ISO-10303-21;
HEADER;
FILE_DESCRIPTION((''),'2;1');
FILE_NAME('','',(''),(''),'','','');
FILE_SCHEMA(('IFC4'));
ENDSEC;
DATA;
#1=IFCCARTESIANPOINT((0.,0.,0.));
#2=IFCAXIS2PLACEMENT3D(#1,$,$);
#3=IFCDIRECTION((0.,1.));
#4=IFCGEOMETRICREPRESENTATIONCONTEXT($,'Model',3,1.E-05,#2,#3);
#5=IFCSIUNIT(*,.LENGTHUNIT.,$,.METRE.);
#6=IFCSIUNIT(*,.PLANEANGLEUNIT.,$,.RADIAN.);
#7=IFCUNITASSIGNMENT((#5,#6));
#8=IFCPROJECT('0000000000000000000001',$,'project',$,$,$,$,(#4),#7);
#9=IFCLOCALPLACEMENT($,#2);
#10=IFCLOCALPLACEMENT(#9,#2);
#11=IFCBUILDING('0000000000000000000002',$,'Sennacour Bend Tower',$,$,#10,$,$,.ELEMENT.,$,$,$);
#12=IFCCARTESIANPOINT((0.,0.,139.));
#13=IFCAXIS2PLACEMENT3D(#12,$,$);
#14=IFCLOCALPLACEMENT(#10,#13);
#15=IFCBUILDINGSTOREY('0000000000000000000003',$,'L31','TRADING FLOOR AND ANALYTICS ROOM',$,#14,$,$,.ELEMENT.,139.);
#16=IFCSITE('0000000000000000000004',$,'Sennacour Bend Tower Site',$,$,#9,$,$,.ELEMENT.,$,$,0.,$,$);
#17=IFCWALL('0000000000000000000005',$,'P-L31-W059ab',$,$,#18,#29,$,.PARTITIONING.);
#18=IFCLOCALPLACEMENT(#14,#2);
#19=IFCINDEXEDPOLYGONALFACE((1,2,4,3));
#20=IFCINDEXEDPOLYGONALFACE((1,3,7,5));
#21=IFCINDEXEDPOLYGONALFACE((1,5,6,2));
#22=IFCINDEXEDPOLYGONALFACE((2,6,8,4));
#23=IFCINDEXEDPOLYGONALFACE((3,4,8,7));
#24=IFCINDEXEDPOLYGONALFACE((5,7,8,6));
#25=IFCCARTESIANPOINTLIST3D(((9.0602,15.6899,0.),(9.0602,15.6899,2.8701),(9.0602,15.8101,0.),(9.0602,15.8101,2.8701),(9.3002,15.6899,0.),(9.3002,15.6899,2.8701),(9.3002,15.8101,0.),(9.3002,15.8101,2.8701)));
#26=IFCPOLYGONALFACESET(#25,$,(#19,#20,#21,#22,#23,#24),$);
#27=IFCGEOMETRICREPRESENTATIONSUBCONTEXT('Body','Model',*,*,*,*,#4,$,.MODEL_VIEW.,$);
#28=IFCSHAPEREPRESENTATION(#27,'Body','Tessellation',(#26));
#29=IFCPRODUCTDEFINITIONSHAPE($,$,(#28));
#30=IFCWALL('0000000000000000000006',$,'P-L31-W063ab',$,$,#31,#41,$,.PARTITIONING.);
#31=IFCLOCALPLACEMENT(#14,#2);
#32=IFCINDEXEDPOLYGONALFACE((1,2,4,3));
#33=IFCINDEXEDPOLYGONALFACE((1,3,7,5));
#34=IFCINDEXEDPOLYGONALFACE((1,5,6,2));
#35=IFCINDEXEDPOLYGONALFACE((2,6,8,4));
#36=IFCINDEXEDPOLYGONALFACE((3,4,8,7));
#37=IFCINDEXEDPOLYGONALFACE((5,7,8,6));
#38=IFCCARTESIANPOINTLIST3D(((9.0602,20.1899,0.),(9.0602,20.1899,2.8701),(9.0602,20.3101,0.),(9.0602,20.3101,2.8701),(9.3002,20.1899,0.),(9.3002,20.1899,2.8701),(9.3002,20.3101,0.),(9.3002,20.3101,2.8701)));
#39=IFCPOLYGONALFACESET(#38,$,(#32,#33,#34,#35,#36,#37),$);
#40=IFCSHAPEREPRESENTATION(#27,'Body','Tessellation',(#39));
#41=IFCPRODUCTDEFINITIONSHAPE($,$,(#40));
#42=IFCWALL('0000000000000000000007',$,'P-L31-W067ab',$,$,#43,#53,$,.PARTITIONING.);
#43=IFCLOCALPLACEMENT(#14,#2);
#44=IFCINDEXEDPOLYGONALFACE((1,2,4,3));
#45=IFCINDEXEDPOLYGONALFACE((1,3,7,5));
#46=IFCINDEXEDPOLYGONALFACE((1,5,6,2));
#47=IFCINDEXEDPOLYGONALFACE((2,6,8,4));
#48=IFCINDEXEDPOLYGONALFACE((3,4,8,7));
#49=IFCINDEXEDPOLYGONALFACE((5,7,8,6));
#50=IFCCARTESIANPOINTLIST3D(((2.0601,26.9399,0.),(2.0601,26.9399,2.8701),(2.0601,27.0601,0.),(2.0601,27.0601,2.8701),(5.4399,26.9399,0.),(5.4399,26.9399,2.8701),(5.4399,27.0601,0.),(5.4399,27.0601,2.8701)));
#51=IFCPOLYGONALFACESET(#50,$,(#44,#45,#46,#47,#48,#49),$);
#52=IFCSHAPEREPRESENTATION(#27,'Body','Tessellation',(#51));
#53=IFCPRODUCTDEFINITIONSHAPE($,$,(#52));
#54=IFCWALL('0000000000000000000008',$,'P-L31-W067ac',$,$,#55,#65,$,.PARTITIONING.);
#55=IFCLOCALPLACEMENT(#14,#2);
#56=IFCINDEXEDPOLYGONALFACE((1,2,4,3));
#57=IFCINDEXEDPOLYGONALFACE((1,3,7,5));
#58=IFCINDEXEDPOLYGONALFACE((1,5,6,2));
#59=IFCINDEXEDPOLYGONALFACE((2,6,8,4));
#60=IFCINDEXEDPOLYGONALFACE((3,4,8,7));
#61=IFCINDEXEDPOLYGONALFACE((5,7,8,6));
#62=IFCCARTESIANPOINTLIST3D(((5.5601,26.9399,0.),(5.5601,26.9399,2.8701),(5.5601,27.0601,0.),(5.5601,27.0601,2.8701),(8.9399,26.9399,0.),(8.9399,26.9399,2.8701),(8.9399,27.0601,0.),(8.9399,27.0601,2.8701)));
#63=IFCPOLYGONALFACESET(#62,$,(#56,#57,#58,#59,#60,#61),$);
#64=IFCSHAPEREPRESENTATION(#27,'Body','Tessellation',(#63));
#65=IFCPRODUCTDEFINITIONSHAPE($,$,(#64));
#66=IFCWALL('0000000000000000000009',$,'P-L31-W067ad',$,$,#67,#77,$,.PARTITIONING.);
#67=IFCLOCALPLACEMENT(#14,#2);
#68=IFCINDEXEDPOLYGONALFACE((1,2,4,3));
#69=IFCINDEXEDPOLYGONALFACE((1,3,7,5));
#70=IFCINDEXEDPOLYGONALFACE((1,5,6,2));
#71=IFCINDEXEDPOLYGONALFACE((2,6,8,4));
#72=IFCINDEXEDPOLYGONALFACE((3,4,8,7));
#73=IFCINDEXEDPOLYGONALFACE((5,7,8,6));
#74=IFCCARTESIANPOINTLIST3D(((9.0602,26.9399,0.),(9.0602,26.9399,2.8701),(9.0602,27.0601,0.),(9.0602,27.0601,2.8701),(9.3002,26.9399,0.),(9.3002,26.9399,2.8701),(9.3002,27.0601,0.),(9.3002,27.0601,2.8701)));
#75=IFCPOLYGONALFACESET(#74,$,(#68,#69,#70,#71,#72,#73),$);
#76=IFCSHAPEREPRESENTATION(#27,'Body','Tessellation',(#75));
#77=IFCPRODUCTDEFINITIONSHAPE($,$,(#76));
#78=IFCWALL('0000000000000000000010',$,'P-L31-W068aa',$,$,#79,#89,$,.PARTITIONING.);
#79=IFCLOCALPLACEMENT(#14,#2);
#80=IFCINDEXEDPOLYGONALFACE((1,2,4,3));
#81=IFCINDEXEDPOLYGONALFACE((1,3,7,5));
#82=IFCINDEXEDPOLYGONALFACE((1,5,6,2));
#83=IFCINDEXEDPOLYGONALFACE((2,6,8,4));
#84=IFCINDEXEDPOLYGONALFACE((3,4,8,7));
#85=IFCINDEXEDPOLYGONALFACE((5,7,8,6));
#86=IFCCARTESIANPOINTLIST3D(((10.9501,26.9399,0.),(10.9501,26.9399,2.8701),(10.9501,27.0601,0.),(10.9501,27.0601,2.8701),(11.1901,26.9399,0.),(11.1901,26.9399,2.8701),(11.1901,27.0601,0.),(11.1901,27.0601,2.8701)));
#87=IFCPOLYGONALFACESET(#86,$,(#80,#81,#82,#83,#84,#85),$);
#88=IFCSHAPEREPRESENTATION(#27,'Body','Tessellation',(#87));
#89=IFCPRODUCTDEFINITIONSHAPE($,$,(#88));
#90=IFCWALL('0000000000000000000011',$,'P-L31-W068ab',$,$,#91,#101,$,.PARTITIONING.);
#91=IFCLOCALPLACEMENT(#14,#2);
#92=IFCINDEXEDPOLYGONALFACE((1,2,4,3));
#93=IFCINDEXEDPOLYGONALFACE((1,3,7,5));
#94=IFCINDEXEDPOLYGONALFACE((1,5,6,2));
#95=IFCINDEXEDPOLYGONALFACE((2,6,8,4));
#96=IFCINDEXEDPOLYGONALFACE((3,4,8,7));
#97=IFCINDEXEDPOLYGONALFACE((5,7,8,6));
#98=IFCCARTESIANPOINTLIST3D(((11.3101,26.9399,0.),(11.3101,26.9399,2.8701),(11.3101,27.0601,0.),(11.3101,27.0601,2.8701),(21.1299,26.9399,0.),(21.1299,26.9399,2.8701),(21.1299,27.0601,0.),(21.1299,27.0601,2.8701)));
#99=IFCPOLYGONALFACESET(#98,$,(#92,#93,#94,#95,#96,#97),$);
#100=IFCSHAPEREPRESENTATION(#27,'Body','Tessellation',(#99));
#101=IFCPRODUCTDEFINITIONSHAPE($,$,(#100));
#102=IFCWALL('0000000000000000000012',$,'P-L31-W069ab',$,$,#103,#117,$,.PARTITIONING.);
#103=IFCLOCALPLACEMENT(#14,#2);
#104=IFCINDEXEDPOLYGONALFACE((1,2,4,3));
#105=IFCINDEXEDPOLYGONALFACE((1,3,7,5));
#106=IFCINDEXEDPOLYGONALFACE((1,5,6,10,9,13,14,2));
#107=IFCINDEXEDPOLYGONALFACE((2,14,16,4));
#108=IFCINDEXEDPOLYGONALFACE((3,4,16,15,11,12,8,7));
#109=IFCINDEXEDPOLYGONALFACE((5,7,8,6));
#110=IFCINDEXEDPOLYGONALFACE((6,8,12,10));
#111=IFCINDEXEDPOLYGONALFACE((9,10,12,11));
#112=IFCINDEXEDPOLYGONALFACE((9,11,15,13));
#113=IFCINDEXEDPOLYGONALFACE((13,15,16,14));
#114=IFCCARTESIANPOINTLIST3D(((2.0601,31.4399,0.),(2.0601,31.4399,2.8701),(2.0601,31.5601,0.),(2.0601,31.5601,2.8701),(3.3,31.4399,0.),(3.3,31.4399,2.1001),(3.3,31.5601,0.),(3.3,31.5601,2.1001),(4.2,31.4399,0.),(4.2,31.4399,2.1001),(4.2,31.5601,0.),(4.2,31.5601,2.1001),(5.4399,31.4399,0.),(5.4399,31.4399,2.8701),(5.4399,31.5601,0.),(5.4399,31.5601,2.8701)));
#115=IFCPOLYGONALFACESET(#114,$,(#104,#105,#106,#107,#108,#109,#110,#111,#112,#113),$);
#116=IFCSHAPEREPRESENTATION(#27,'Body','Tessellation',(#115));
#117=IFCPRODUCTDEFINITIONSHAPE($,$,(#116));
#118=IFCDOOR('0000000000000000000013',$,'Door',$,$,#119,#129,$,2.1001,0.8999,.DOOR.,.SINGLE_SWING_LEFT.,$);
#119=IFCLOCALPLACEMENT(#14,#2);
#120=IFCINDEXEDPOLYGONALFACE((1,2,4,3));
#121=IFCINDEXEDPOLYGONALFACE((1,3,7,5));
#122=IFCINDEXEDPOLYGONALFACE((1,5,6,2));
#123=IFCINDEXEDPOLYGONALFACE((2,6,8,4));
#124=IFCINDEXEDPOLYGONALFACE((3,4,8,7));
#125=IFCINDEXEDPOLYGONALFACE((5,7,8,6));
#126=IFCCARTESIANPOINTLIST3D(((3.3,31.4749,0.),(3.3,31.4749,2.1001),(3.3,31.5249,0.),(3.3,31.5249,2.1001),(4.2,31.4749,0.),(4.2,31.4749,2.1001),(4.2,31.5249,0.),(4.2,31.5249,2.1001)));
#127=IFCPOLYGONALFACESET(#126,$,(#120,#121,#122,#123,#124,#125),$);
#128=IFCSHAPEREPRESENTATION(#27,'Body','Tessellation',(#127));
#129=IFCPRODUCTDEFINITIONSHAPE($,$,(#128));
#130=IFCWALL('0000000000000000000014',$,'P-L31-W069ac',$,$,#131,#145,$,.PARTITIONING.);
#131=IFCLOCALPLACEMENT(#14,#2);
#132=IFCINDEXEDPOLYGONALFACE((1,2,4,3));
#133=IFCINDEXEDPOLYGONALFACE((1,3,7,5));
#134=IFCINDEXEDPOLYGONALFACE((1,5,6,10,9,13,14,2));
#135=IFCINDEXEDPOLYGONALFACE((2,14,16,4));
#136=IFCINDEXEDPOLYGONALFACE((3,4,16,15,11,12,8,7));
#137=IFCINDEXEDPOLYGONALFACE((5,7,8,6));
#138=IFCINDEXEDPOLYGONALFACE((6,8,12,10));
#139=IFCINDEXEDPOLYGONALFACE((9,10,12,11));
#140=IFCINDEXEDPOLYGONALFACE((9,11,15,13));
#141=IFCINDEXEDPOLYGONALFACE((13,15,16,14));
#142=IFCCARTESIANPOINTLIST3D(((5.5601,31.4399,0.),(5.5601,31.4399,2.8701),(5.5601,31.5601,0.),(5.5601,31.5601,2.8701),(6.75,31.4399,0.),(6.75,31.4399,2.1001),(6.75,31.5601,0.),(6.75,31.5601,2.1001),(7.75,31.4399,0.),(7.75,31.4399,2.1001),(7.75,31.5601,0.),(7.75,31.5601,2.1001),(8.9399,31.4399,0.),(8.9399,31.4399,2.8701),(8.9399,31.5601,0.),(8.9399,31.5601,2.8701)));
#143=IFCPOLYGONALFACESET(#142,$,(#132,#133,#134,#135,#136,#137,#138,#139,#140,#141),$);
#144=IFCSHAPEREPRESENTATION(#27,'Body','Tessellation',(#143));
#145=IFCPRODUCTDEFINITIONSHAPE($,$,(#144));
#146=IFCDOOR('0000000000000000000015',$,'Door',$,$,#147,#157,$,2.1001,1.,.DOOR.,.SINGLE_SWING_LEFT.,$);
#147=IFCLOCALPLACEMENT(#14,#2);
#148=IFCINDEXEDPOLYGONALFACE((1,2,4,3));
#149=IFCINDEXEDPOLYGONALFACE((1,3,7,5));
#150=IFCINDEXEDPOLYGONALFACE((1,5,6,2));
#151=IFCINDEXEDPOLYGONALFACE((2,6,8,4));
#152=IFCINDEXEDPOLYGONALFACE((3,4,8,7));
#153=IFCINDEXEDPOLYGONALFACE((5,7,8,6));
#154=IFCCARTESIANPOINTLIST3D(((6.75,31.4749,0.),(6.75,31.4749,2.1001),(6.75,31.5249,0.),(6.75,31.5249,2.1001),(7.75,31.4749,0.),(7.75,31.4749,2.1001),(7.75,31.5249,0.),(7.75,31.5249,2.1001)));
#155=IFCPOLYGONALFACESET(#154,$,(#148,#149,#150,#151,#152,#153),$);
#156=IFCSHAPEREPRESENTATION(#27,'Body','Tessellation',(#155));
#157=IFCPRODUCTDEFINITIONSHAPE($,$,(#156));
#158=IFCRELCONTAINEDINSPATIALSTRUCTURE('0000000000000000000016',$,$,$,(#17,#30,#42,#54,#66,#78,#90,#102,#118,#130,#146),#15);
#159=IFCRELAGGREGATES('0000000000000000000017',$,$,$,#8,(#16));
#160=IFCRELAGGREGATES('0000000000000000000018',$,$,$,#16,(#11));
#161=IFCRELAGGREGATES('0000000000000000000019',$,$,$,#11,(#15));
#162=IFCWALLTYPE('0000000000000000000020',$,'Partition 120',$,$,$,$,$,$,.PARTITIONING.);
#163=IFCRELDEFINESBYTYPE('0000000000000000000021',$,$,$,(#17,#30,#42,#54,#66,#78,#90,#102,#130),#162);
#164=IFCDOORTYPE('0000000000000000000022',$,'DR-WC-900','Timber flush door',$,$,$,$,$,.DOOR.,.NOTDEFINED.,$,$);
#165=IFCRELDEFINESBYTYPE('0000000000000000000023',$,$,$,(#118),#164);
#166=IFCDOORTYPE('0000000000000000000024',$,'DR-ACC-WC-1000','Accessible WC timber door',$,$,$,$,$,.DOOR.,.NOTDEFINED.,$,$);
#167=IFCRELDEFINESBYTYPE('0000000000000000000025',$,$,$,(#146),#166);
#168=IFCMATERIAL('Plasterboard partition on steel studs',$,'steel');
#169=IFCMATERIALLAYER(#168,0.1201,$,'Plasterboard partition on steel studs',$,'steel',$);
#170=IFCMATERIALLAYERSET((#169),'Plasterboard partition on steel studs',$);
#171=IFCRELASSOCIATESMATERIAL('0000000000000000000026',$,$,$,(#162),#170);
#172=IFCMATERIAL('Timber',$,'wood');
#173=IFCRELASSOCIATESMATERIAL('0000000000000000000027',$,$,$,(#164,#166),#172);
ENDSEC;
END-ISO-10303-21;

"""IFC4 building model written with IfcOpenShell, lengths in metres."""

from ifc_helpers import new_model, si_unit, direction, frame, frame_2d, origin, place, context, subcontext, project, spatial, rectangle, extrude, material, layer, layer_set, type_object, element, fill, save


model = new_model("IFC4")

# Units and contexts
model_context = context("Model", 3, precision=1e-05, world=origin(), true_north=direction((0.0, 1.0)))
body_context = subcontext(model_context, "Body", "Model", "MODEL_VIEW")
ifc_project = project(units=[si_unit("LENGTHUNIT", "METRE"), si_unit("PLANEANGLEUNIT", "RADIAN")], contexts=[model_context])

# Site, building, storey
site_placement = place(None, origin())
site = spatial("IfcSite", under=ifc_project, at=site_placement, Name="Sennacour Bend Tower Site", CompositionType="ELEMENT", RefElevation=0.0)
building_placement = place(site_placement, origin())
building = spatial("IfcBuilding", under=site, at=building_placement, Name="Sennacour Bend Tower", CompositionType="ELEMENT")
storey_placement = place(building_placement, frame((0.0, 0.0, 139.0)))
storey = spatial("IfcBuildingStorey", under=building, at=storey_placement, Name="L31", Description="TRADING FLOOR AND ANALYTICS ROOM", CompositionType="ELEMENT", Elevation=139.0)

# Walls
ifc_material_1 = material(Name="Plasterboard partition on steel studs", Category="steel")
ifc_layer = layer(ifc_material_1, 0.1201, Name="Plasterboard partition on steel studs", Category="steel")
ifc_layer_set = layer_set([ifc_layer], Name="Plasterboard partition on steel studs")
wall_type = type_object("IfcWallType", Name="Partition 120", PredefinedType="PARTITIONING", material=ifc_layer_set)
for number, where, z_axis, x_axis, name in (
    (1, (9.0601, 15.75, 0.0), (0.0, 0.0, 1.0), (1.0, 0.0, 0.0), "P-L31-W059ab"),
    (2, (9.0601, 20.25, 0.0), (0.0, 0.0, 1.0), (1.0, 0.0, 0.0), "P-L31-W063ab"),
):
    element("IfcWall", number, at=place(storey_placement, frame(where, z_axis=z_axis, x_axis=x_axis)), inside=storey, type_object=wall_type, Name=name, PredefinedType="PARTITIONING", context=body_context, shape_type="SweptSolid", body=[
        extrude(rectangle(XDim=0.24, YDim=0.1201, at=frame_2d((0.1201, 0.0))), origin(), (0.0, 0.0, 1.0), 2.8701),
    ])
for number, where, z_axis, x_axis, name in (
    (3, (2.0601, 27.0, 0.0), (0.0, 0.0, 1.0), (1.0, 0.0, 0.0), "P-L31-W067ab"),
    (4, (5.5601, 27.0, 0.0), (0.0, 0.0, 1.0), (1.0, 0.0, 0.0), "P-L31-W067ac"),
):
    element("IfcWall", number, at=place(storey_placement, frame(where, z_axis=z_axis, x_axis=x_axis)), inside=storey, type_object=wall_type, Name=name, PredefinedType="PARTITIONING", context=body_context, shape_type="SweptSolid", body=[
        extrude(rectangle(XDim=3.3799, YDim=0.1201, at=frame_2d((1.6899, 0.0))), origin(), (0.0, 0.0, 1.0), 2.8701),
    ])
for number, where, z_axis, x_axis, name in (
    (5, (9.0601, 27.0, 0.0), (0.0, 0.0, 1.0), (1.0, 0.0, 0.0), "P-L31-W067ad"),
    (6, (10.95, 27.0, 0.0), (0.0, 0.0, 1.0), (1.0, 0.0, 0.0), "P-L31-W068aa"),
):
    element("IfcWall", number, at=place(storey_placement, frame(where, z_axis=z_axis, x_axis=x_axis)), inside=storey, type_object=wall_type, Name=name, PredefinedType="PARTITIONING", context=body_context, shape_type="SweptSolid", body=[
        extrude(rectangle(XDim=0.24, YDim=0.1201, at=frame_2d((0.1201, 0.0))), origin(), (0.0, 0.0, 1.0), 2.8701),
    ])
wall_1_placement = place(storey_placement, frame((11.3101, 27.0, 0.0), z_axis=(0.0, 0.0, 1.0), x_axis=(1.0, 0.0, 0.0)))
element("IfcWall", 7, at=wall_1_placement, inside=storey, type_object=wall_type, Name="P-L31-W068ab", PredefinedType="PARTITIONING", context=body_context, shape_type="SweptSolid", body=[
    extrude(rectangle(XDim=9.8198, YDim=0.1201, at=frame_2d((4.9099, 0.0))), origin(), (0.0, 0.0, 1.0), 2.8701),
])

# Walls, openings, doors
wall_2_placement = place(storey_placement, frame((2.0601, 31.5, 0.0), z_axis=(0.0, 0.0, 1.0), x_axis=(1.0, 0.0, 0.0)))
wall_2 = element("IfcWall", 8, at=wall_2_placement, inside=storey, type_object=wall_type, Name="P-L31-W069ab", PredefinedType="PARTITIONING", context=body_context, shape_type="SweptSolid", body=[
    extrude(rectangle(XDim=3.3799, YDim=0.1201, at=frame_2d((1.6899, 0.0))), origin(), (0.0, 0.0, 1.0), 2.8701),
])
opening_1_placement = place(wall_2_placement, frame((1.24, 0.0, 0.0)))
opening_1 = element("IfcOpeningElement", 9, at=opening_1_placement, cuts=wall_2, PredefinedType="OPENING", context=body_context, shape_type="SweptSolid", body=[
    extrude(rectangle(XDim=0.8999, YDim=2.1001, at=frame_2d((0.45, 1.05))), frame((0.0, 0.0701, 0.0), z_axis=(0.0, -1.0, 0.0), x_axis=(1.0, 0.0, 0.0)), (0.0, 0.0, 1.0), 0.1401),
])
ifc_material_2 = material(Name="Timber", Category="wood")
door_type_1 = type_object("IfcDoorType", Name="DR-WC-900", Description="Timber flush door", OperationType="NOTDEFINED", PredefinedType="DOOR", material=ifc_material_2)
door_1_placement = place(opening_1_placement, origin())
door_1 = element("IfcDoor", 10, at=door_1_placement, inside=storey, type_object=door_type_1, Name="Door", OperationType="SINGLE_SWING_LEFT", OverallHeight=2.1001, OverallWidth=0.8999, PredefinedType="DOOR", context=body_context, shape_type="SweptSolid", body=[
    extrude(rectangle(XDim=0.8999, YDim=2.1001, at=frame_2d((0.45, 1.05))), frame((0.0, 0.0249, 0.0), z_axis=(0.0, -1.0, 0.0), x_axis=(1.0, 0.0, 0.0)), (0.0, 0.0, 1.0), 0.05),
])
fill(opening_1, door_1)
wall_3_placement = place(storey_placement, frame((5.5601, 31.5, 0.0), z_axis=(0.0, 0.0, 1.0), x_axis=(1.0, 0.0, 0.0)))
wall_3 = element("IfcWall", 11, at=wall_3_placement, inside=storey, type_object=wall_type, Name="P-L31-W069ac", PredefinedType="PARTITIONING", context=body_context, shape_type="SweptSolid", body=[
    extrude(rectangle(XDim=3.3799, YDim=0.1201, at=frame_2d((1.6899, 0.0))), origin(), (0.0, 0.0, 1.0), 2.8701),
])
opening_2_placement = place(wall_3_placement, frame((1.1899, 0.0, 0.0)))
opening_2 = element("IfcOpeningElement", 12, at=opening_2_placement, cuts=wall_3, PredefinedType="OPENING", context=body_context, shape_type="SweptSolid", body=[
    extrude(rectangle(XDim=1.0, YDim=2.1001, at=frame_2d((0.5, 1.05))), frame((0.0, 0.0701, 0.0), z_axis=(0.0, -1.0, 0.0), x_axis=(1.0, 0.0, 0.0)), (0.0, 0.0, 1.0), 0.1401),
])
door_type_2 = type_object("IfcDoorType", Name="DR-ACC-WC-1000", Description="Accessible WC timber door", OperationType="NOTDEFINED", PredefinedType="DOOR", material=ifc_material_2)
door_2_placement = place(opening_2_placement, origin())
door_2 = element("IfcDoor", 13, at=door_2_placement, inside=storey, type_object=door_type_2, Name="Door", OperationType="SINGLE_SWING_LEFT", OverallHeight=2.1001, OverallWidth=1.0, PredefinedType="DOOR", context=body_context, shape_type="SweptSolid", body=[
    extrude(rectangle(XDim=1.0, YDim=2.1001, at=frame_2d((0.5, 1.05))), frame((0.0, 0.0249, 0.0), z_axis=(0.0, -1.0, 0.0), x_axis=(1.0, 0.0, 0.0)), (0.0, 0.0, 1.0), 0.05),
])
fill(opening_2, door_2)

save(model, "model.ifc")
